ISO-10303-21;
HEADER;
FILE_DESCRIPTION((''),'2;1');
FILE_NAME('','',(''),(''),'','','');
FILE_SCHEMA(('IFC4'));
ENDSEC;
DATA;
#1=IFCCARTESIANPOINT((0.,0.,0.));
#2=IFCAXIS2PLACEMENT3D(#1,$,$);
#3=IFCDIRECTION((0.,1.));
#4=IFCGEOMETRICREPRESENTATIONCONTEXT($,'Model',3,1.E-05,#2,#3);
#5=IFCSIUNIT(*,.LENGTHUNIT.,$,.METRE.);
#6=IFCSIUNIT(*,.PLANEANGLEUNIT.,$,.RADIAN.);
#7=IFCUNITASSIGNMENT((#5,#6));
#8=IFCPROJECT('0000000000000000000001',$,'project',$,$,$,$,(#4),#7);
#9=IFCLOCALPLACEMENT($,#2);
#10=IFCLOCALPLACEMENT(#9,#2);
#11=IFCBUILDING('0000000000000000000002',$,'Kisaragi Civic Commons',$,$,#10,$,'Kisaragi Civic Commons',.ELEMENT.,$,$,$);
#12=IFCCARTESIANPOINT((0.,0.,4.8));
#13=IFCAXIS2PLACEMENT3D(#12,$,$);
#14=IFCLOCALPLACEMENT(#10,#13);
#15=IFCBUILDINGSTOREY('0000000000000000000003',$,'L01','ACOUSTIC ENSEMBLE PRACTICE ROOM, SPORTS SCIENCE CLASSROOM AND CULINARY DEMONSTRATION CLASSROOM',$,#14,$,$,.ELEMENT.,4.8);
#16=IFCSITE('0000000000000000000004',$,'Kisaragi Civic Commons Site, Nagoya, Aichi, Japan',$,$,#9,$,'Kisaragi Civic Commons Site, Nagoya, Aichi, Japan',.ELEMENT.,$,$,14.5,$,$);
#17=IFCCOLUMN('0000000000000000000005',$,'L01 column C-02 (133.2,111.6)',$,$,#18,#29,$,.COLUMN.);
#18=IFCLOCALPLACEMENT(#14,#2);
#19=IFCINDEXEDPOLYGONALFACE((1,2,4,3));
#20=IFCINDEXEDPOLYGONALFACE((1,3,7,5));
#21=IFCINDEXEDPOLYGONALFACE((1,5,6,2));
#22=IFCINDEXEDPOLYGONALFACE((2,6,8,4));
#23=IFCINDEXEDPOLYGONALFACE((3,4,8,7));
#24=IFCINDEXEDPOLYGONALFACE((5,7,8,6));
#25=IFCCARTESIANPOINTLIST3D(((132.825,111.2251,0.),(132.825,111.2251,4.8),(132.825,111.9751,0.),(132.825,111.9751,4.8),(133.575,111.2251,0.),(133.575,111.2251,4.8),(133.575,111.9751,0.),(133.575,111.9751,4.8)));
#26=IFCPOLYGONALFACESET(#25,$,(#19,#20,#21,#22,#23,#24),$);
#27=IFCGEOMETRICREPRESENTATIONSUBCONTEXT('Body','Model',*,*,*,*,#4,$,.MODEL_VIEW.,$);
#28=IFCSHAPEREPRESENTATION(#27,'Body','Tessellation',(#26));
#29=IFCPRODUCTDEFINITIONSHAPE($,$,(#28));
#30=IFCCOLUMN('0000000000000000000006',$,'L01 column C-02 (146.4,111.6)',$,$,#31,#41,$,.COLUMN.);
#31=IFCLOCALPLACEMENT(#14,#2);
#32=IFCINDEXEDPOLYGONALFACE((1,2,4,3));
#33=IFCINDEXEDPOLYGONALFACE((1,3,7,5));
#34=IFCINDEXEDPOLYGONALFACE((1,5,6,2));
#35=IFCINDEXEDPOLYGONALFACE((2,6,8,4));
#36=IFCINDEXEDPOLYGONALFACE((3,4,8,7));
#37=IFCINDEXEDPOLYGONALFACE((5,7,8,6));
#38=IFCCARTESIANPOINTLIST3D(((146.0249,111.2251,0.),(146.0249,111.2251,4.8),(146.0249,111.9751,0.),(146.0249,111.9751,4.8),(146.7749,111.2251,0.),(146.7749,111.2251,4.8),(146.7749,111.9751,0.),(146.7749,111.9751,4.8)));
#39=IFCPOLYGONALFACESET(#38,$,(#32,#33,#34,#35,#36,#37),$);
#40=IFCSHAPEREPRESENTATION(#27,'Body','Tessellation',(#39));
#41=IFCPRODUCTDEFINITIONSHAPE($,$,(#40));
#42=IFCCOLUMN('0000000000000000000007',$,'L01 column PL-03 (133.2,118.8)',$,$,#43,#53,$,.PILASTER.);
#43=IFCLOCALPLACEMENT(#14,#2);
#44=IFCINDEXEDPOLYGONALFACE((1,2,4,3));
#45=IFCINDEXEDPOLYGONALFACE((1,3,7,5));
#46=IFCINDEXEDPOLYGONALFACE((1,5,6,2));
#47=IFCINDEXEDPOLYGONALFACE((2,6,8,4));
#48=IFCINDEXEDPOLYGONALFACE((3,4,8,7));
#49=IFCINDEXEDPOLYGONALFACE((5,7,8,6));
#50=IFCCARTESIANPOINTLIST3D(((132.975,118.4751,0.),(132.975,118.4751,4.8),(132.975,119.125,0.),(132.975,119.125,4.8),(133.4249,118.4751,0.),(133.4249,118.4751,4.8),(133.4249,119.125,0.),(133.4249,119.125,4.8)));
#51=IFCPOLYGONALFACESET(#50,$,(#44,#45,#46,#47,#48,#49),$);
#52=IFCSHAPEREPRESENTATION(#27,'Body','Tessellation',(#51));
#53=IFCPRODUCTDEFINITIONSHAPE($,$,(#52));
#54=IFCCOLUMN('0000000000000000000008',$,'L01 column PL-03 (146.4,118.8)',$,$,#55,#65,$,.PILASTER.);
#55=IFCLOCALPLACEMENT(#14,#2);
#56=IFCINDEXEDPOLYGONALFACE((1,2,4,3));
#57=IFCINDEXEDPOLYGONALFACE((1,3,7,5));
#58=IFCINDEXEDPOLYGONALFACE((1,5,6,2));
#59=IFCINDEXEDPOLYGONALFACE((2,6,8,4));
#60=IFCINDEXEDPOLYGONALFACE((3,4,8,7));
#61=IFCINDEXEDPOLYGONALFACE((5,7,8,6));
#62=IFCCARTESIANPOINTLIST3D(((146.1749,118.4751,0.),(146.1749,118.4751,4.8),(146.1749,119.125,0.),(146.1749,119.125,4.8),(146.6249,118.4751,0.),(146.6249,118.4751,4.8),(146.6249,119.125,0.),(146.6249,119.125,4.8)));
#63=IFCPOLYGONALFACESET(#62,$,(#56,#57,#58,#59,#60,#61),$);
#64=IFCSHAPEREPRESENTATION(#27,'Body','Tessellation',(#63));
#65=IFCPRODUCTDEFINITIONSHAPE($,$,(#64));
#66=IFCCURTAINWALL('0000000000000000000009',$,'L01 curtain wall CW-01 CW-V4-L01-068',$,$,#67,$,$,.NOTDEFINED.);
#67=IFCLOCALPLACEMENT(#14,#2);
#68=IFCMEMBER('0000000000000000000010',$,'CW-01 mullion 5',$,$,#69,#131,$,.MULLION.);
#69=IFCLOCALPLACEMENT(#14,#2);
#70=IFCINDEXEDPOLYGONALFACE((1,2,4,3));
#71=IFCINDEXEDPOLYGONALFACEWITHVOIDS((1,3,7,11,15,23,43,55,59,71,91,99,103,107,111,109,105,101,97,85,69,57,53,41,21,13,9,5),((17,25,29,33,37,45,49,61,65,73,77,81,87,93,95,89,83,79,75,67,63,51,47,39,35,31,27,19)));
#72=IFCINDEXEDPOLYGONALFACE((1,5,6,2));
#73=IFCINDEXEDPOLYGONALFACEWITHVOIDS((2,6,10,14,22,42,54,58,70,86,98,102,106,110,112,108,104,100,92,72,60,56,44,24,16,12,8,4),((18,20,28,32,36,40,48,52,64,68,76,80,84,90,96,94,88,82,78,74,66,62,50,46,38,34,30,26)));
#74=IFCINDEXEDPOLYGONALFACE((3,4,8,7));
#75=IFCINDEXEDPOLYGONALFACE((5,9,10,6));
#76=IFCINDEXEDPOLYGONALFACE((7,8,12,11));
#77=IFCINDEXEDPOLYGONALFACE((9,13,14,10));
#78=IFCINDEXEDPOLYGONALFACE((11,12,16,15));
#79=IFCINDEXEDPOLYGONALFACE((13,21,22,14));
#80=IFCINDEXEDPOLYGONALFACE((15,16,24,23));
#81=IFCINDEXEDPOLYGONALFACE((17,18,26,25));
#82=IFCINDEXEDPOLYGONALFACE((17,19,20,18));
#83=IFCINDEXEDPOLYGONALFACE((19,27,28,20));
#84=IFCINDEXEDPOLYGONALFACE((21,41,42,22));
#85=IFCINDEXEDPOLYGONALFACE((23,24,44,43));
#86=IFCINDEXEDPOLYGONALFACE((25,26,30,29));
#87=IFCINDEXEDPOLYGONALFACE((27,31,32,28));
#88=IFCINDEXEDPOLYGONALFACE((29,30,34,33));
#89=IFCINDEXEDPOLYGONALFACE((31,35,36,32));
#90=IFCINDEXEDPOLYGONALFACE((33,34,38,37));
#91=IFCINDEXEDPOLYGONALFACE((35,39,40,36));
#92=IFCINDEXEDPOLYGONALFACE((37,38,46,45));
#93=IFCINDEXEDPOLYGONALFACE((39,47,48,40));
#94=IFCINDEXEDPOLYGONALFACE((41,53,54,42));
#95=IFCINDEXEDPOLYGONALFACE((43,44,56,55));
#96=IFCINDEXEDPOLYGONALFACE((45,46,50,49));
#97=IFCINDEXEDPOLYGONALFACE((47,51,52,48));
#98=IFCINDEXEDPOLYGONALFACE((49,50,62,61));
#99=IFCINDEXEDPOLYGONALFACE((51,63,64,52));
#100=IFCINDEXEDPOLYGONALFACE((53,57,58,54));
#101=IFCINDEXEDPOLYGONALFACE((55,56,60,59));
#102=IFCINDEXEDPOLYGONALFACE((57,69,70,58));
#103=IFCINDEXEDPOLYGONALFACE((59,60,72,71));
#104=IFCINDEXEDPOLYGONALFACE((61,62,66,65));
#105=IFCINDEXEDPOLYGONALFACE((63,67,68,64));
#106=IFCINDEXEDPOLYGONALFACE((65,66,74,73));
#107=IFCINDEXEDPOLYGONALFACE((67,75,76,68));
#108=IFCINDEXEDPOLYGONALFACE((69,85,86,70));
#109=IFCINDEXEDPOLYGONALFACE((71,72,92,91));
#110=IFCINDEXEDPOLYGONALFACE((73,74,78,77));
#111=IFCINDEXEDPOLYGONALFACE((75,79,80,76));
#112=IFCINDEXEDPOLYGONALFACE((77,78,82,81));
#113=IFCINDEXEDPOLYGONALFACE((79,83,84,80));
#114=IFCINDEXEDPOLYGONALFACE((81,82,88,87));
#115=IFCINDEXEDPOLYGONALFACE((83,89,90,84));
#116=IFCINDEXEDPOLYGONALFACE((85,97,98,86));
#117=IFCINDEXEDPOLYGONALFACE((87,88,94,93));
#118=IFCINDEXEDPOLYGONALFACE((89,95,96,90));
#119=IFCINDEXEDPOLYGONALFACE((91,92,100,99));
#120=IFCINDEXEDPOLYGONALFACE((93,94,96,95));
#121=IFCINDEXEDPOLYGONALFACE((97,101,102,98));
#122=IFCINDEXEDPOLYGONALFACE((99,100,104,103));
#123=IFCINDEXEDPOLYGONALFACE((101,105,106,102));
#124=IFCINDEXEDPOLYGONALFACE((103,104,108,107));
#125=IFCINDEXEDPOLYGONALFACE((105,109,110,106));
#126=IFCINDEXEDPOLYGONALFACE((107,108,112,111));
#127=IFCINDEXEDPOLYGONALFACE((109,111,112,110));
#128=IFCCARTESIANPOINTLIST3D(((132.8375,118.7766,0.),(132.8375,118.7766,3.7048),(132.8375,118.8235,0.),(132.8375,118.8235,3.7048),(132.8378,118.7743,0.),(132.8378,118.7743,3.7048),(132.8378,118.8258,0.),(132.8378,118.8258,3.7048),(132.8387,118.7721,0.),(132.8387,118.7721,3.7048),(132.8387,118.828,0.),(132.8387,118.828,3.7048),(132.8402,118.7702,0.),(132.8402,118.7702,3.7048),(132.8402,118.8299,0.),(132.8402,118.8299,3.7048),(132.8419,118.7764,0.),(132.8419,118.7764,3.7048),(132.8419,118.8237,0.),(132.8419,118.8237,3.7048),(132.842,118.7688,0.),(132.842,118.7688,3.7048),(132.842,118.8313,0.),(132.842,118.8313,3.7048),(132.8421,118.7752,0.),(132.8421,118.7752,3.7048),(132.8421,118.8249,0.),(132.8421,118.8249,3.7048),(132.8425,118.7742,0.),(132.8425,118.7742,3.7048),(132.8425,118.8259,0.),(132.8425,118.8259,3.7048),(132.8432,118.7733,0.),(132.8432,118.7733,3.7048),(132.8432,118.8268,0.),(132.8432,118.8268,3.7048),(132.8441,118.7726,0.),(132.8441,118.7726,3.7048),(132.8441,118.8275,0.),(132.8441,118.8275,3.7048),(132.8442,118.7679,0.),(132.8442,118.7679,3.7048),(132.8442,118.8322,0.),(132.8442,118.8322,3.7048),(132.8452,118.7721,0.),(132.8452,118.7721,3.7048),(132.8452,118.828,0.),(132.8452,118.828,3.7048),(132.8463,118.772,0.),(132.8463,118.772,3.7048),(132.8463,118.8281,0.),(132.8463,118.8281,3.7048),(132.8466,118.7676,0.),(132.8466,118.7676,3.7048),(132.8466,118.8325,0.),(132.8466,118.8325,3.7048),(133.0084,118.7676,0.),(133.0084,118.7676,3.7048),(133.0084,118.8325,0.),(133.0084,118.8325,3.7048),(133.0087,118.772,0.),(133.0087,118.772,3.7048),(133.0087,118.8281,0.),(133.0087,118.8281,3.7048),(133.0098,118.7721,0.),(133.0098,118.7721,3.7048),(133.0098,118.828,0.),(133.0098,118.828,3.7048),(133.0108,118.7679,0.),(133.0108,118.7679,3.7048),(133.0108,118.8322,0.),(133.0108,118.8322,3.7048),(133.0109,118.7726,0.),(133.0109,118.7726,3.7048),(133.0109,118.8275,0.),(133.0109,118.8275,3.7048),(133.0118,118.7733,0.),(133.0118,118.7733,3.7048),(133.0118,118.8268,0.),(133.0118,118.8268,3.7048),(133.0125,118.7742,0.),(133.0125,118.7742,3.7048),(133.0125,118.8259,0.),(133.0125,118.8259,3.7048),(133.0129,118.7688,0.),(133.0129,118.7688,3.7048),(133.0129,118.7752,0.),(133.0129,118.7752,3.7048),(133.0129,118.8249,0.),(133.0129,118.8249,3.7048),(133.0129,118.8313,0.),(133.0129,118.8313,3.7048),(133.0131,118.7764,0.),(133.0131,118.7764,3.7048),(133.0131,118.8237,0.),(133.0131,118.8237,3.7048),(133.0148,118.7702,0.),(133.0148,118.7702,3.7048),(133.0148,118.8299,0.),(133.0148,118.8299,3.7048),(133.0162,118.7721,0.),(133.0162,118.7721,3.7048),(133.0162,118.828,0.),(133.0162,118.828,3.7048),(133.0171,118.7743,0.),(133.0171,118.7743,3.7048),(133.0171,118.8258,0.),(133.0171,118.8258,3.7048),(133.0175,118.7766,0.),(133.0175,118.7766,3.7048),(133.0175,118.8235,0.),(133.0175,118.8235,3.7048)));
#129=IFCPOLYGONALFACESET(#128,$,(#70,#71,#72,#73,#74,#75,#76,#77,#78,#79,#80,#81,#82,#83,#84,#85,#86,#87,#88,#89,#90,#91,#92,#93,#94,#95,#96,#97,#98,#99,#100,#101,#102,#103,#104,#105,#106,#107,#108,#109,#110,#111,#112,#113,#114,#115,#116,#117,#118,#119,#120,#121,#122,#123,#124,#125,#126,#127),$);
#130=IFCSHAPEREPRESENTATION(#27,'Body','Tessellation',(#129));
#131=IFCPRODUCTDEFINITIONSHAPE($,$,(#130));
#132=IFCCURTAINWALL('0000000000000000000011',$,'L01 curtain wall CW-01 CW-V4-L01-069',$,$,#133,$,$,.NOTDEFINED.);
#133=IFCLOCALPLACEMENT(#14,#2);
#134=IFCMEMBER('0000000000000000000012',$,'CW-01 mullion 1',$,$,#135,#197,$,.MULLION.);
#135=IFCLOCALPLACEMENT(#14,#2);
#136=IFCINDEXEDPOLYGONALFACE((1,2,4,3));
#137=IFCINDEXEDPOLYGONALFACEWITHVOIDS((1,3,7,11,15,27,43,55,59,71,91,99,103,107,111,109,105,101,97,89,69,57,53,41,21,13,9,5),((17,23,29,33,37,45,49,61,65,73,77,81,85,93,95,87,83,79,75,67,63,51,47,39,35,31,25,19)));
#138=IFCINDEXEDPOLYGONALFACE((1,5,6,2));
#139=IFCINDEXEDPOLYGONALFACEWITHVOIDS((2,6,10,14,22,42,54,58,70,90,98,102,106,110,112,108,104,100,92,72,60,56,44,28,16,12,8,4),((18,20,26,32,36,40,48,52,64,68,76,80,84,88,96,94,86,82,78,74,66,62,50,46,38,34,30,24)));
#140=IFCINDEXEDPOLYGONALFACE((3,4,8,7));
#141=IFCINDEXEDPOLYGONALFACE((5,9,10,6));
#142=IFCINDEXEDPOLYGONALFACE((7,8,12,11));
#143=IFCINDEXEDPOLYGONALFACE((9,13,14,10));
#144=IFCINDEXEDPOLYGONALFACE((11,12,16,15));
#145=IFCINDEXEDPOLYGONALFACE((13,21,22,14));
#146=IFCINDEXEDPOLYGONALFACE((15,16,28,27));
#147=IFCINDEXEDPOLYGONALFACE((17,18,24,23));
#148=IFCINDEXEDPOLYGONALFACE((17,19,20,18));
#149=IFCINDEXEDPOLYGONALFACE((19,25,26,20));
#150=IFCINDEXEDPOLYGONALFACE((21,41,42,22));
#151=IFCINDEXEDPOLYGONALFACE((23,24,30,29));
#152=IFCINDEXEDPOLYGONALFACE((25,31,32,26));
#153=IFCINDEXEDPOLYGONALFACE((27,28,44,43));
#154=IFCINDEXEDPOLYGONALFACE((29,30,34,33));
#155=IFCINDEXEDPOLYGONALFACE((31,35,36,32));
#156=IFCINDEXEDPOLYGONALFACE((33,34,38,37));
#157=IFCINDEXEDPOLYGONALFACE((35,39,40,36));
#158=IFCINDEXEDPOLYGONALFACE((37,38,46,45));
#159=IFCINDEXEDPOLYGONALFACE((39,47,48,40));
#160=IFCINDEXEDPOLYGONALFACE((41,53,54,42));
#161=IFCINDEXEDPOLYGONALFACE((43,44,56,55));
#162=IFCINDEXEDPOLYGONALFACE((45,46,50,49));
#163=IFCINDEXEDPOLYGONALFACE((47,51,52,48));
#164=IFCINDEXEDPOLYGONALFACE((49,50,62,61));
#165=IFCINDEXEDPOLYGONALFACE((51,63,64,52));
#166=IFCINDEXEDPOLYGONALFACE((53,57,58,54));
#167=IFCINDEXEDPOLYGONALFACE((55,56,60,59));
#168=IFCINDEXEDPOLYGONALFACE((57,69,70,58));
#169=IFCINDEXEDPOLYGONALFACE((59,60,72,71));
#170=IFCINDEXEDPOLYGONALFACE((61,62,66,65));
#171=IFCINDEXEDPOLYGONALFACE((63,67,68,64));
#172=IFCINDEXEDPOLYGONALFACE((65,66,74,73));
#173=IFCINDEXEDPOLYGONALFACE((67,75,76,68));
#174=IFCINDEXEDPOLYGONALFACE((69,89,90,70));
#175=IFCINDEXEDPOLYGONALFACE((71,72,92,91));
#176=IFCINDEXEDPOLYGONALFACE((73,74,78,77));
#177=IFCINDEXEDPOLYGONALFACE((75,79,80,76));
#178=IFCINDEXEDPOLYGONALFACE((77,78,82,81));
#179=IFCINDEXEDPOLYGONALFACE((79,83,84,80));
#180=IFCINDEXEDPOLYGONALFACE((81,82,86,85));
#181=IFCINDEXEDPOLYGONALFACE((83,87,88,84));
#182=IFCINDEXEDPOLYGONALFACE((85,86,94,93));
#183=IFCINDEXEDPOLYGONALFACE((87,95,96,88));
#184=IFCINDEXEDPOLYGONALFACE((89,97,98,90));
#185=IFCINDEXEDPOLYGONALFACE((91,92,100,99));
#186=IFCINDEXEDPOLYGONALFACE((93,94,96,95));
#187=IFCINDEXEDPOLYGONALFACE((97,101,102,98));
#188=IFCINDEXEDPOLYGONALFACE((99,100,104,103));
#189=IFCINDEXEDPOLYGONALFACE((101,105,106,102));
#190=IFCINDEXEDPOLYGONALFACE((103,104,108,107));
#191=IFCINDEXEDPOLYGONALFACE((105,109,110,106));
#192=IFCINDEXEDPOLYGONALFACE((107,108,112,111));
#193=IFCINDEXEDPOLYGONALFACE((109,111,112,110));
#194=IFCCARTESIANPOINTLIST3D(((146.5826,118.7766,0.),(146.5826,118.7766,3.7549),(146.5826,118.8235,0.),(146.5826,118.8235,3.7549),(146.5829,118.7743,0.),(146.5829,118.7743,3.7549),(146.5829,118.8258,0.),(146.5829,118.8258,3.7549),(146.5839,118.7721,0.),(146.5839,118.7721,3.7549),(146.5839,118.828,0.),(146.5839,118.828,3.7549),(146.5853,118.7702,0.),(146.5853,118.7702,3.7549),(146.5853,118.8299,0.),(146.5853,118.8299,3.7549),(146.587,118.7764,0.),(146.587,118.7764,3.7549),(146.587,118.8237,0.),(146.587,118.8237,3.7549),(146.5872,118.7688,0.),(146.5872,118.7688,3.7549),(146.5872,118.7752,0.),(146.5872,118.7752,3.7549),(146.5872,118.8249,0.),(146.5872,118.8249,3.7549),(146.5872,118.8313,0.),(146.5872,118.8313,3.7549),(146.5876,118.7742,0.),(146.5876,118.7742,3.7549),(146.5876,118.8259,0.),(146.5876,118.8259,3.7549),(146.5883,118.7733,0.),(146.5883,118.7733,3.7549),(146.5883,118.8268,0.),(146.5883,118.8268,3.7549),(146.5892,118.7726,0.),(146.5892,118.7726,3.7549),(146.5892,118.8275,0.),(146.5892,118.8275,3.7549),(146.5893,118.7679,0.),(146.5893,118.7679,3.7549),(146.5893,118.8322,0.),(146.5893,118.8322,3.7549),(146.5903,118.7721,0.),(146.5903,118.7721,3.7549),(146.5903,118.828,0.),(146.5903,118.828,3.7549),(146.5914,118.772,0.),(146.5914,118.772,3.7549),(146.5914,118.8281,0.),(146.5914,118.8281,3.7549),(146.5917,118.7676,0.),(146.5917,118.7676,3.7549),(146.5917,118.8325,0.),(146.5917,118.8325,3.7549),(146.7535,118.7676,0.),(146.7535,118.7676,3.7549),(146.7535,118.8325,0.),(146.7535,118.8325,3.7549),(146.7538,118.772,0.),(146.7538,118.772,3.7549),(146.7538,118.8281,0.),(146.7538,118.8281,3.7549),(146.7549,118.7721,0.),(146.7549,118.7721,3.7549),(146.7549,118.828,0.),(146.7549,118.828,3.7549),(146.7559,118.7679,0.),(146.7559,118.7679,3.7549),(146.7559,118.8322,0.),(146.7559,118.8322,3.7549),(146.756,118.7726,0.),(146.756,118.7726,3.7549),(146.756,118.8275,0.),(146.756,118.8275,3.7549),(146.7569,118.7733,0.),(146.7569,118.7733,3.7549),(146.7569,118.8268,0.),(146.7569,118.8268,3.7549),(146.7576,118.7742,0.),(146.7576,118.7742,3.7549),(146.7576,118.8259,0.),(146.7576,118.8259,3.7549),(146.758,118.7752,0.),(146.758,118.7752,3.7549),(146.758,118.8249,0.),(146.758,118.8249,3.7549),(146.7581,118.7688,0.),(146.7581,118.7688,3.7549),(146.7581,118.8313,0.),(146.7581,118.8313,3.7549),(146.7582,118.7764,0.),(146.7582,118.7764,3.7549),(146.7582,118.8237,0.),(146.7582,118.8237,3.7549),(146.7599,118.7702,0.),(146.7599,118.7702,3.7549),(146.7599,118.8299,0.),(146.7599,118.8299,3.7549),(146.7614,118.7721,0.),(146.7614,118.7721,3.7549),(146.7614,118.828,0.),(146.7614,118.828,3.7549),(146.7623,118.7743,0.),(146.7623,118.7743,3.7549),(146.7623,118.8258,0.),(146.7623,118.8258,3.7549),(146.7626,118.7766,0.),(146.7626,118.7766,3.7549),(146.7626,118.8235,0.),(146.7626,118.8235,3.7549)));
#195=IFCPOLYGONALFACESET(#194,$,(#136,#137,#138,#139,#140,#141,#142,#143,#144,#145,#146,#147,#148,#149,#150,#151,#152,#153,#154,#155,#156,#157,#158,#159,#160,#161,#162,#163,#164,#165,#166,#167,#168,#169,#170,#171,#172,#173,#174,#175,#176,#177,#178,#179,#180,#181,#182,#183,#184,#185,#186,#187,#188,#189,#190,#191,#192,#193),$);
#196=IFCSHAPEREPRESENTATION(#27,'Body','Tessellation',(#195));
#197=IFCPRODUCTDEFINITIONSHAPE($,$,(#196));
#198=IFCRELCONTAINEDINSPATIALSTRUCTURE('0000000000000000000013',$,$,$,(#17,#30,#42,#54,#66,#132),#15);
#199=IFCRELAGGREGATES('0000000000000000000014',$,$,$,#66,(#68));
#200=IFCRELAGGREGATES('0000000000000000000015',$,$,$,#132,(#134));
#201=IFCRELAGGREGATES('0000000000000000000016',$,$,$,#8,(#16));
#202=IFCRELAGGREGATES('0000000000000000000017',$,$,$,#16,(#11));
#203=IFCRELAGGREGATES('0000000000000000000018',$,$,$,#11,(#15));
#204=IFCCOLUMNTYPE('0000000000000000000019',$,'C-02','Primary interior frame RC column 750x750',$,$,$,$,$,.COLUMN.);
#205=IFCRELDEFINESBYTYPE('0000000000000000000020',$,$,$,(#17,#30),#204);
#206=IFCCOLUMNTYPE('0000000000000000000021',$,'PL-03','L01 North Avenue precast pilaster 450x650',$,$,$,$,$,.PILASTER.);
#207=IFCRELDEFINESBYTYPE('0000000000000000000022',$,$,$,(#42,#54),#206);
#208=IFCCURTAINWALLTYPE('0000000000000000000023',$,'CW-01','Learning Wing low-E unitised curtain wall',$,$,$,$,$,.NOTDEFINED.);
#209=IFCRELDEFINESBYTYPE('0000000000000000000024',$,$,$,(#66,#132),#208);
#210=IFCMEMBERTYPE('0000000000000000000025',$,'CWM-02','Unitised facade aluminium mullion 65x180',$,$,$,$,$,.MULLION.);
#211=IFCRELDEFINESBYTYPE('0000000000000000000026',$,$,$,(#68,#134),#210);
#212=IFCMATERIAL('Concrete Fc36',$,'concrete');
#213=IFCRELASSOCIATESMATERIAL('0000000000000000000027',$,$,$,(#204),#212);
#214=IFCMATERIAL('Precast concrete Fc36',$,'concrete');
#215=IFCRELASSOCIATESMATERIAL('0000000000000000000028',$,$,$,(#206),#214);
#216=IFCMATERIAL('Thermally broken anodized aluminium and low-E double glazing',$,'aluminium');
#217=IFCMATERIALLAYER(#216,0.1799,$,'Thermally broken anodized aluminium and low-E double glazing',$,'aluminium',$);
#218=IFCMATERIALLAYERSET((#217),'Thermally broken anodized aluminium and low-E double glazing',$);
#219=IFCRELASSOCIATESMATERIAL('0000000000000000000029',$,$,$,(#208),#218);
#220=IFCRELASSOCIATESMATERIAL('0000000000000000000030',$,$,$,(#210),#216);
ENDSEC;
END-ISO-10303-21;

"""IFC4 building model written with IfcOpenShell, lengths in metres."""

from ifc_helpers import new_model, si_unit, direction, frame, origin, origin_2d, place, context, subcontext, project, spatial, rectangle, hollow_rectangle, extrude, material, layer, layer_set, material_profile, profile_set, type_object, element, aggregate, save


model = new_model("IFC4")

# Units and contexts
model_context = context("Model", 3, precision=1e-05, world=origin(), true_north=direction((0.0, 1.0)))
body_context = subcontext(model_context, "Body", "Model", "MODEL_VIEW")
ifc_project = project(units=[si_unit("LENGTHUNIT", "METRE"), si_unit("PLANEANGLEUNIT", "RADIAN")], contexts=[model_context])

# Site, building, storey
site_placement = place(None, origin())
site = spatial("IfcSite", under=ifc_project, at=site_placement, Name="Kisaragi Civic Commons Site, Nagoya, Aichi, Japan", LongName="Kisaragi Civic Commons Site, Nagoya, Aichi, Japan", CompositionType="ELEMENT", RefElevation=14.5)
building_placement = place(site_placement, origin())
building = spatial("IfcBuilding", under=site, at=building_placement, Name="Kisaragi Civic Commons", LongName="Kisaragi Civic Commons", CompositionType="ELEMENT")
storey_placement = place(building_placement, frame((0.0, 0.0, 4.8)))
storey = spatial("IfcBuildingStorey", under=building, at=storey_placement, Name="L01", Description="ACOUSTIC ENSEMBLE PRACTICE ROOM, SPORTS SCIENCE CLASSROOM AND CULINARY DEMONSTRATION CLASSROOM", CompositionType="ELEMENT", Elevation=4.8)

# Columns
ifc_material_1 = material(Name="Concrete Fc36", Category="concrete")
ifc_material_profile_1 = material_profile(ifc_material_1, rectangle(XDim=0.75, YDim=0.75, at=origin_2d()), Name="RC-750x750", Category="concrete")
ifc_profile_set_1 = profile_set([ifc_material_profile_1], Name="Concrete Fc36")
column_type_1 = type_object("IfcColumnType", Name="C-02", Description="Primary interior frame RC column 750x750", PredefinedType="COLUMN", material=ifc_profile_set_1)
for number, where, z_axis, x_axis, name in (
    (1, (133.2, 111.6001, 0.0), (0.0, 0.0, 1.0), (1.0, 0.0, 0.0), "L01 column C-02 (133.2,111.6)"),
    (2, (146.3999, 111.6001, 0.0), (0.0, 0.0, 1.0), (1.0, 0.0, 0.0), "L01 column C-02 (146.4,111.6)"),
):
    element("IfcColumn", number, at=place(storey_placement, frame(where, z_axis=z_axis, x_axis=x_axis)), inside=storey, type_object=column_type_1, Name=name, PredefinedType="COLUMN", context=body_context, shape_type="SweptSolid", body=[
        extrude(rectangle(XDim=0.75, YDim=0.75, at=origin_2d()), origin(), (0.0, 0.0, 1.0), 4.8),
    ])
ifc_material_2 = material(Name="Precast concrete Fc36", Category="concrete")
ifc_material_profile_2 = material_profile(ifc_material_2, rectangle(XDim=0.45, YDim=0.6499, at=origin_2d()), Name="RC-450x650", Category="concrete")
ifc_profile_set_2 = profile_set([ifc_material_profile_2], Name="Precast concrete Fc36")
column_type_2 = type_object("IfcColumnType", Name="PL-03", Description="L01 North Avenue precast pilaster 450x650", PredefinedType="PILASTER", material=ifc_profile_set_2)
for number, where, z_axis, x_axis, name in (
    (3, (133.2, 118.8, 0.0), (0.0, 0.0, 1.0), (1.0, 0.0, 0.0), "L01 column PL-03 (133.2,118.8)"),
    (4, (146.3999, 118.8, 0.0), (0.0, 0.0, 1.0), (1.0, 0.0, 0.0), "L01 column PL-03 (146.4,118.8)"),
):
    element("IfcColumn", number, at=place(storey_placement, frame(where, z_axis=z_axis, x_axis=x_axis)), inside=storey, type_object=column_type_2, Name=name, PredefinedType="PILASTER", context=body_context, shape_type="SweptSolid", body=[
        extrude(rectangle(XDim=0.45, YDim=0.6499, at=origin_2d()), origin(), (0.0, 0.0, 1.0), 4.8),
    ])

# Curtain walls, members
ifc_material_3 = material(Name="Thermally broken anodized aluminium and low-E double glazing", Category="aluminium")
ifc_layer_1 = layer(ifc_material_3, 0.1799, Name="Thermally broken anodized aluminium and low-E double glazing", Category="aluminium")
ifc_layer_set_1 = layer_set([ifc_layer_1], Name="Thermally broken anodized aluminium and low-E double glazing")
curtain_wall_type = type_object("IfcCurtainWallType", Name="CW-01", Description="Learning Wing low-E unitised curtain wall", PredefinedType="NOTDEFINED", material=ifc_layer_set_1)
curtain_wall_1_placement = place(storey_placement, origin())
curtain_wall_1 = element("IfcCurtainWall", 5, at=curtain_wall_1_placement, inside=storey, type_object=curtain_wall_type, Name="L01 curtain wall CW-01 CW-V4-L01-068", PredefinedType="NOTDEFINED")
ifc_material_profile_3 = material_profile(ifc_material_3, hollow_rectangle(XDim=0.0649, YDim=0.1799, WallThickness=0.0044, InnerFilletRadius=0.0044, OuterFilletRadius=0.009, at=origin_2d()), Name="CWM-65x180x4.5", Category="aluminium")
ifc_profile_set_3 = profile_set([ifc_material_profile_3], Name="Thermally broken anodized aluminium and low-E double glazing")
member_type_1 = type_object("IfcMemberType", Name="CWM-02", Description="Unitised facade aluminium mullion 65x180", PredefinedType="MULLION", material=ifc_profile_set_3)
member_1_placement = place(storey_placement, frame((132.9275, 118.8, 0.0), z_axis=(0.0, 0.0, 1.0), x_axis=(0.0, 1.0, 0.0)))
member_1 = element("IfcMember", 6, at=member_1_placement, type_object=member_type_1, Name="CW-01 mullion 5", PredefinedType="MULLION", context=body_context, shape_type="SweptSolid", body=[
    extrude(hollow_rectangle(XDim=0.0649, YDim=0.1799, WallThickness=0.0044, InnerFilletRadius=0.0044, OuterFilletRadius=0.009, at=origin_2d()), origin(), (0.0, 0.0, 1.0), 3.7048),
])
curtain_wall_2_placement = place(storey_placement, origin())
curtain_wall_2 = element("IfcCurtainWall", 7, at=curtain_wall_2_placement, inside=storey, type_object=curtain_wall_type, Name="L01 curtain wall CW-01 CW-V4-L01-069", PredefinedType="NOTDEFINED")
member_2_placement = place(storey_placement, frame((146.6726, 118.8, 0.0), z_axis=(0.0, 0.0, 1.0), x_axis=(0.0, 1.0, 0.0)))
member_2 = element("IfcMember", 8, at=member_2_placement, type_object=member_type_1, Name="CW-01 mullion 1", PredefinedType="MULLION", context=body_context, shape_type="SweptSolid", body=[
    extrude(hollow_rectangle(XDim=0.0649, YDim=0.1799, WallThickness=0.0044, InnerFilletRadius=0.0044, OuterFilletRadius=0.009, at=origin_2d()), origin(), (0.0, 0.0, 1.0), 3.7549),
])

aggregate(curtain_wall_1, [member_1])
aggregate(curtain_wall_2, [member_2])

save(model, "model.ifc")
